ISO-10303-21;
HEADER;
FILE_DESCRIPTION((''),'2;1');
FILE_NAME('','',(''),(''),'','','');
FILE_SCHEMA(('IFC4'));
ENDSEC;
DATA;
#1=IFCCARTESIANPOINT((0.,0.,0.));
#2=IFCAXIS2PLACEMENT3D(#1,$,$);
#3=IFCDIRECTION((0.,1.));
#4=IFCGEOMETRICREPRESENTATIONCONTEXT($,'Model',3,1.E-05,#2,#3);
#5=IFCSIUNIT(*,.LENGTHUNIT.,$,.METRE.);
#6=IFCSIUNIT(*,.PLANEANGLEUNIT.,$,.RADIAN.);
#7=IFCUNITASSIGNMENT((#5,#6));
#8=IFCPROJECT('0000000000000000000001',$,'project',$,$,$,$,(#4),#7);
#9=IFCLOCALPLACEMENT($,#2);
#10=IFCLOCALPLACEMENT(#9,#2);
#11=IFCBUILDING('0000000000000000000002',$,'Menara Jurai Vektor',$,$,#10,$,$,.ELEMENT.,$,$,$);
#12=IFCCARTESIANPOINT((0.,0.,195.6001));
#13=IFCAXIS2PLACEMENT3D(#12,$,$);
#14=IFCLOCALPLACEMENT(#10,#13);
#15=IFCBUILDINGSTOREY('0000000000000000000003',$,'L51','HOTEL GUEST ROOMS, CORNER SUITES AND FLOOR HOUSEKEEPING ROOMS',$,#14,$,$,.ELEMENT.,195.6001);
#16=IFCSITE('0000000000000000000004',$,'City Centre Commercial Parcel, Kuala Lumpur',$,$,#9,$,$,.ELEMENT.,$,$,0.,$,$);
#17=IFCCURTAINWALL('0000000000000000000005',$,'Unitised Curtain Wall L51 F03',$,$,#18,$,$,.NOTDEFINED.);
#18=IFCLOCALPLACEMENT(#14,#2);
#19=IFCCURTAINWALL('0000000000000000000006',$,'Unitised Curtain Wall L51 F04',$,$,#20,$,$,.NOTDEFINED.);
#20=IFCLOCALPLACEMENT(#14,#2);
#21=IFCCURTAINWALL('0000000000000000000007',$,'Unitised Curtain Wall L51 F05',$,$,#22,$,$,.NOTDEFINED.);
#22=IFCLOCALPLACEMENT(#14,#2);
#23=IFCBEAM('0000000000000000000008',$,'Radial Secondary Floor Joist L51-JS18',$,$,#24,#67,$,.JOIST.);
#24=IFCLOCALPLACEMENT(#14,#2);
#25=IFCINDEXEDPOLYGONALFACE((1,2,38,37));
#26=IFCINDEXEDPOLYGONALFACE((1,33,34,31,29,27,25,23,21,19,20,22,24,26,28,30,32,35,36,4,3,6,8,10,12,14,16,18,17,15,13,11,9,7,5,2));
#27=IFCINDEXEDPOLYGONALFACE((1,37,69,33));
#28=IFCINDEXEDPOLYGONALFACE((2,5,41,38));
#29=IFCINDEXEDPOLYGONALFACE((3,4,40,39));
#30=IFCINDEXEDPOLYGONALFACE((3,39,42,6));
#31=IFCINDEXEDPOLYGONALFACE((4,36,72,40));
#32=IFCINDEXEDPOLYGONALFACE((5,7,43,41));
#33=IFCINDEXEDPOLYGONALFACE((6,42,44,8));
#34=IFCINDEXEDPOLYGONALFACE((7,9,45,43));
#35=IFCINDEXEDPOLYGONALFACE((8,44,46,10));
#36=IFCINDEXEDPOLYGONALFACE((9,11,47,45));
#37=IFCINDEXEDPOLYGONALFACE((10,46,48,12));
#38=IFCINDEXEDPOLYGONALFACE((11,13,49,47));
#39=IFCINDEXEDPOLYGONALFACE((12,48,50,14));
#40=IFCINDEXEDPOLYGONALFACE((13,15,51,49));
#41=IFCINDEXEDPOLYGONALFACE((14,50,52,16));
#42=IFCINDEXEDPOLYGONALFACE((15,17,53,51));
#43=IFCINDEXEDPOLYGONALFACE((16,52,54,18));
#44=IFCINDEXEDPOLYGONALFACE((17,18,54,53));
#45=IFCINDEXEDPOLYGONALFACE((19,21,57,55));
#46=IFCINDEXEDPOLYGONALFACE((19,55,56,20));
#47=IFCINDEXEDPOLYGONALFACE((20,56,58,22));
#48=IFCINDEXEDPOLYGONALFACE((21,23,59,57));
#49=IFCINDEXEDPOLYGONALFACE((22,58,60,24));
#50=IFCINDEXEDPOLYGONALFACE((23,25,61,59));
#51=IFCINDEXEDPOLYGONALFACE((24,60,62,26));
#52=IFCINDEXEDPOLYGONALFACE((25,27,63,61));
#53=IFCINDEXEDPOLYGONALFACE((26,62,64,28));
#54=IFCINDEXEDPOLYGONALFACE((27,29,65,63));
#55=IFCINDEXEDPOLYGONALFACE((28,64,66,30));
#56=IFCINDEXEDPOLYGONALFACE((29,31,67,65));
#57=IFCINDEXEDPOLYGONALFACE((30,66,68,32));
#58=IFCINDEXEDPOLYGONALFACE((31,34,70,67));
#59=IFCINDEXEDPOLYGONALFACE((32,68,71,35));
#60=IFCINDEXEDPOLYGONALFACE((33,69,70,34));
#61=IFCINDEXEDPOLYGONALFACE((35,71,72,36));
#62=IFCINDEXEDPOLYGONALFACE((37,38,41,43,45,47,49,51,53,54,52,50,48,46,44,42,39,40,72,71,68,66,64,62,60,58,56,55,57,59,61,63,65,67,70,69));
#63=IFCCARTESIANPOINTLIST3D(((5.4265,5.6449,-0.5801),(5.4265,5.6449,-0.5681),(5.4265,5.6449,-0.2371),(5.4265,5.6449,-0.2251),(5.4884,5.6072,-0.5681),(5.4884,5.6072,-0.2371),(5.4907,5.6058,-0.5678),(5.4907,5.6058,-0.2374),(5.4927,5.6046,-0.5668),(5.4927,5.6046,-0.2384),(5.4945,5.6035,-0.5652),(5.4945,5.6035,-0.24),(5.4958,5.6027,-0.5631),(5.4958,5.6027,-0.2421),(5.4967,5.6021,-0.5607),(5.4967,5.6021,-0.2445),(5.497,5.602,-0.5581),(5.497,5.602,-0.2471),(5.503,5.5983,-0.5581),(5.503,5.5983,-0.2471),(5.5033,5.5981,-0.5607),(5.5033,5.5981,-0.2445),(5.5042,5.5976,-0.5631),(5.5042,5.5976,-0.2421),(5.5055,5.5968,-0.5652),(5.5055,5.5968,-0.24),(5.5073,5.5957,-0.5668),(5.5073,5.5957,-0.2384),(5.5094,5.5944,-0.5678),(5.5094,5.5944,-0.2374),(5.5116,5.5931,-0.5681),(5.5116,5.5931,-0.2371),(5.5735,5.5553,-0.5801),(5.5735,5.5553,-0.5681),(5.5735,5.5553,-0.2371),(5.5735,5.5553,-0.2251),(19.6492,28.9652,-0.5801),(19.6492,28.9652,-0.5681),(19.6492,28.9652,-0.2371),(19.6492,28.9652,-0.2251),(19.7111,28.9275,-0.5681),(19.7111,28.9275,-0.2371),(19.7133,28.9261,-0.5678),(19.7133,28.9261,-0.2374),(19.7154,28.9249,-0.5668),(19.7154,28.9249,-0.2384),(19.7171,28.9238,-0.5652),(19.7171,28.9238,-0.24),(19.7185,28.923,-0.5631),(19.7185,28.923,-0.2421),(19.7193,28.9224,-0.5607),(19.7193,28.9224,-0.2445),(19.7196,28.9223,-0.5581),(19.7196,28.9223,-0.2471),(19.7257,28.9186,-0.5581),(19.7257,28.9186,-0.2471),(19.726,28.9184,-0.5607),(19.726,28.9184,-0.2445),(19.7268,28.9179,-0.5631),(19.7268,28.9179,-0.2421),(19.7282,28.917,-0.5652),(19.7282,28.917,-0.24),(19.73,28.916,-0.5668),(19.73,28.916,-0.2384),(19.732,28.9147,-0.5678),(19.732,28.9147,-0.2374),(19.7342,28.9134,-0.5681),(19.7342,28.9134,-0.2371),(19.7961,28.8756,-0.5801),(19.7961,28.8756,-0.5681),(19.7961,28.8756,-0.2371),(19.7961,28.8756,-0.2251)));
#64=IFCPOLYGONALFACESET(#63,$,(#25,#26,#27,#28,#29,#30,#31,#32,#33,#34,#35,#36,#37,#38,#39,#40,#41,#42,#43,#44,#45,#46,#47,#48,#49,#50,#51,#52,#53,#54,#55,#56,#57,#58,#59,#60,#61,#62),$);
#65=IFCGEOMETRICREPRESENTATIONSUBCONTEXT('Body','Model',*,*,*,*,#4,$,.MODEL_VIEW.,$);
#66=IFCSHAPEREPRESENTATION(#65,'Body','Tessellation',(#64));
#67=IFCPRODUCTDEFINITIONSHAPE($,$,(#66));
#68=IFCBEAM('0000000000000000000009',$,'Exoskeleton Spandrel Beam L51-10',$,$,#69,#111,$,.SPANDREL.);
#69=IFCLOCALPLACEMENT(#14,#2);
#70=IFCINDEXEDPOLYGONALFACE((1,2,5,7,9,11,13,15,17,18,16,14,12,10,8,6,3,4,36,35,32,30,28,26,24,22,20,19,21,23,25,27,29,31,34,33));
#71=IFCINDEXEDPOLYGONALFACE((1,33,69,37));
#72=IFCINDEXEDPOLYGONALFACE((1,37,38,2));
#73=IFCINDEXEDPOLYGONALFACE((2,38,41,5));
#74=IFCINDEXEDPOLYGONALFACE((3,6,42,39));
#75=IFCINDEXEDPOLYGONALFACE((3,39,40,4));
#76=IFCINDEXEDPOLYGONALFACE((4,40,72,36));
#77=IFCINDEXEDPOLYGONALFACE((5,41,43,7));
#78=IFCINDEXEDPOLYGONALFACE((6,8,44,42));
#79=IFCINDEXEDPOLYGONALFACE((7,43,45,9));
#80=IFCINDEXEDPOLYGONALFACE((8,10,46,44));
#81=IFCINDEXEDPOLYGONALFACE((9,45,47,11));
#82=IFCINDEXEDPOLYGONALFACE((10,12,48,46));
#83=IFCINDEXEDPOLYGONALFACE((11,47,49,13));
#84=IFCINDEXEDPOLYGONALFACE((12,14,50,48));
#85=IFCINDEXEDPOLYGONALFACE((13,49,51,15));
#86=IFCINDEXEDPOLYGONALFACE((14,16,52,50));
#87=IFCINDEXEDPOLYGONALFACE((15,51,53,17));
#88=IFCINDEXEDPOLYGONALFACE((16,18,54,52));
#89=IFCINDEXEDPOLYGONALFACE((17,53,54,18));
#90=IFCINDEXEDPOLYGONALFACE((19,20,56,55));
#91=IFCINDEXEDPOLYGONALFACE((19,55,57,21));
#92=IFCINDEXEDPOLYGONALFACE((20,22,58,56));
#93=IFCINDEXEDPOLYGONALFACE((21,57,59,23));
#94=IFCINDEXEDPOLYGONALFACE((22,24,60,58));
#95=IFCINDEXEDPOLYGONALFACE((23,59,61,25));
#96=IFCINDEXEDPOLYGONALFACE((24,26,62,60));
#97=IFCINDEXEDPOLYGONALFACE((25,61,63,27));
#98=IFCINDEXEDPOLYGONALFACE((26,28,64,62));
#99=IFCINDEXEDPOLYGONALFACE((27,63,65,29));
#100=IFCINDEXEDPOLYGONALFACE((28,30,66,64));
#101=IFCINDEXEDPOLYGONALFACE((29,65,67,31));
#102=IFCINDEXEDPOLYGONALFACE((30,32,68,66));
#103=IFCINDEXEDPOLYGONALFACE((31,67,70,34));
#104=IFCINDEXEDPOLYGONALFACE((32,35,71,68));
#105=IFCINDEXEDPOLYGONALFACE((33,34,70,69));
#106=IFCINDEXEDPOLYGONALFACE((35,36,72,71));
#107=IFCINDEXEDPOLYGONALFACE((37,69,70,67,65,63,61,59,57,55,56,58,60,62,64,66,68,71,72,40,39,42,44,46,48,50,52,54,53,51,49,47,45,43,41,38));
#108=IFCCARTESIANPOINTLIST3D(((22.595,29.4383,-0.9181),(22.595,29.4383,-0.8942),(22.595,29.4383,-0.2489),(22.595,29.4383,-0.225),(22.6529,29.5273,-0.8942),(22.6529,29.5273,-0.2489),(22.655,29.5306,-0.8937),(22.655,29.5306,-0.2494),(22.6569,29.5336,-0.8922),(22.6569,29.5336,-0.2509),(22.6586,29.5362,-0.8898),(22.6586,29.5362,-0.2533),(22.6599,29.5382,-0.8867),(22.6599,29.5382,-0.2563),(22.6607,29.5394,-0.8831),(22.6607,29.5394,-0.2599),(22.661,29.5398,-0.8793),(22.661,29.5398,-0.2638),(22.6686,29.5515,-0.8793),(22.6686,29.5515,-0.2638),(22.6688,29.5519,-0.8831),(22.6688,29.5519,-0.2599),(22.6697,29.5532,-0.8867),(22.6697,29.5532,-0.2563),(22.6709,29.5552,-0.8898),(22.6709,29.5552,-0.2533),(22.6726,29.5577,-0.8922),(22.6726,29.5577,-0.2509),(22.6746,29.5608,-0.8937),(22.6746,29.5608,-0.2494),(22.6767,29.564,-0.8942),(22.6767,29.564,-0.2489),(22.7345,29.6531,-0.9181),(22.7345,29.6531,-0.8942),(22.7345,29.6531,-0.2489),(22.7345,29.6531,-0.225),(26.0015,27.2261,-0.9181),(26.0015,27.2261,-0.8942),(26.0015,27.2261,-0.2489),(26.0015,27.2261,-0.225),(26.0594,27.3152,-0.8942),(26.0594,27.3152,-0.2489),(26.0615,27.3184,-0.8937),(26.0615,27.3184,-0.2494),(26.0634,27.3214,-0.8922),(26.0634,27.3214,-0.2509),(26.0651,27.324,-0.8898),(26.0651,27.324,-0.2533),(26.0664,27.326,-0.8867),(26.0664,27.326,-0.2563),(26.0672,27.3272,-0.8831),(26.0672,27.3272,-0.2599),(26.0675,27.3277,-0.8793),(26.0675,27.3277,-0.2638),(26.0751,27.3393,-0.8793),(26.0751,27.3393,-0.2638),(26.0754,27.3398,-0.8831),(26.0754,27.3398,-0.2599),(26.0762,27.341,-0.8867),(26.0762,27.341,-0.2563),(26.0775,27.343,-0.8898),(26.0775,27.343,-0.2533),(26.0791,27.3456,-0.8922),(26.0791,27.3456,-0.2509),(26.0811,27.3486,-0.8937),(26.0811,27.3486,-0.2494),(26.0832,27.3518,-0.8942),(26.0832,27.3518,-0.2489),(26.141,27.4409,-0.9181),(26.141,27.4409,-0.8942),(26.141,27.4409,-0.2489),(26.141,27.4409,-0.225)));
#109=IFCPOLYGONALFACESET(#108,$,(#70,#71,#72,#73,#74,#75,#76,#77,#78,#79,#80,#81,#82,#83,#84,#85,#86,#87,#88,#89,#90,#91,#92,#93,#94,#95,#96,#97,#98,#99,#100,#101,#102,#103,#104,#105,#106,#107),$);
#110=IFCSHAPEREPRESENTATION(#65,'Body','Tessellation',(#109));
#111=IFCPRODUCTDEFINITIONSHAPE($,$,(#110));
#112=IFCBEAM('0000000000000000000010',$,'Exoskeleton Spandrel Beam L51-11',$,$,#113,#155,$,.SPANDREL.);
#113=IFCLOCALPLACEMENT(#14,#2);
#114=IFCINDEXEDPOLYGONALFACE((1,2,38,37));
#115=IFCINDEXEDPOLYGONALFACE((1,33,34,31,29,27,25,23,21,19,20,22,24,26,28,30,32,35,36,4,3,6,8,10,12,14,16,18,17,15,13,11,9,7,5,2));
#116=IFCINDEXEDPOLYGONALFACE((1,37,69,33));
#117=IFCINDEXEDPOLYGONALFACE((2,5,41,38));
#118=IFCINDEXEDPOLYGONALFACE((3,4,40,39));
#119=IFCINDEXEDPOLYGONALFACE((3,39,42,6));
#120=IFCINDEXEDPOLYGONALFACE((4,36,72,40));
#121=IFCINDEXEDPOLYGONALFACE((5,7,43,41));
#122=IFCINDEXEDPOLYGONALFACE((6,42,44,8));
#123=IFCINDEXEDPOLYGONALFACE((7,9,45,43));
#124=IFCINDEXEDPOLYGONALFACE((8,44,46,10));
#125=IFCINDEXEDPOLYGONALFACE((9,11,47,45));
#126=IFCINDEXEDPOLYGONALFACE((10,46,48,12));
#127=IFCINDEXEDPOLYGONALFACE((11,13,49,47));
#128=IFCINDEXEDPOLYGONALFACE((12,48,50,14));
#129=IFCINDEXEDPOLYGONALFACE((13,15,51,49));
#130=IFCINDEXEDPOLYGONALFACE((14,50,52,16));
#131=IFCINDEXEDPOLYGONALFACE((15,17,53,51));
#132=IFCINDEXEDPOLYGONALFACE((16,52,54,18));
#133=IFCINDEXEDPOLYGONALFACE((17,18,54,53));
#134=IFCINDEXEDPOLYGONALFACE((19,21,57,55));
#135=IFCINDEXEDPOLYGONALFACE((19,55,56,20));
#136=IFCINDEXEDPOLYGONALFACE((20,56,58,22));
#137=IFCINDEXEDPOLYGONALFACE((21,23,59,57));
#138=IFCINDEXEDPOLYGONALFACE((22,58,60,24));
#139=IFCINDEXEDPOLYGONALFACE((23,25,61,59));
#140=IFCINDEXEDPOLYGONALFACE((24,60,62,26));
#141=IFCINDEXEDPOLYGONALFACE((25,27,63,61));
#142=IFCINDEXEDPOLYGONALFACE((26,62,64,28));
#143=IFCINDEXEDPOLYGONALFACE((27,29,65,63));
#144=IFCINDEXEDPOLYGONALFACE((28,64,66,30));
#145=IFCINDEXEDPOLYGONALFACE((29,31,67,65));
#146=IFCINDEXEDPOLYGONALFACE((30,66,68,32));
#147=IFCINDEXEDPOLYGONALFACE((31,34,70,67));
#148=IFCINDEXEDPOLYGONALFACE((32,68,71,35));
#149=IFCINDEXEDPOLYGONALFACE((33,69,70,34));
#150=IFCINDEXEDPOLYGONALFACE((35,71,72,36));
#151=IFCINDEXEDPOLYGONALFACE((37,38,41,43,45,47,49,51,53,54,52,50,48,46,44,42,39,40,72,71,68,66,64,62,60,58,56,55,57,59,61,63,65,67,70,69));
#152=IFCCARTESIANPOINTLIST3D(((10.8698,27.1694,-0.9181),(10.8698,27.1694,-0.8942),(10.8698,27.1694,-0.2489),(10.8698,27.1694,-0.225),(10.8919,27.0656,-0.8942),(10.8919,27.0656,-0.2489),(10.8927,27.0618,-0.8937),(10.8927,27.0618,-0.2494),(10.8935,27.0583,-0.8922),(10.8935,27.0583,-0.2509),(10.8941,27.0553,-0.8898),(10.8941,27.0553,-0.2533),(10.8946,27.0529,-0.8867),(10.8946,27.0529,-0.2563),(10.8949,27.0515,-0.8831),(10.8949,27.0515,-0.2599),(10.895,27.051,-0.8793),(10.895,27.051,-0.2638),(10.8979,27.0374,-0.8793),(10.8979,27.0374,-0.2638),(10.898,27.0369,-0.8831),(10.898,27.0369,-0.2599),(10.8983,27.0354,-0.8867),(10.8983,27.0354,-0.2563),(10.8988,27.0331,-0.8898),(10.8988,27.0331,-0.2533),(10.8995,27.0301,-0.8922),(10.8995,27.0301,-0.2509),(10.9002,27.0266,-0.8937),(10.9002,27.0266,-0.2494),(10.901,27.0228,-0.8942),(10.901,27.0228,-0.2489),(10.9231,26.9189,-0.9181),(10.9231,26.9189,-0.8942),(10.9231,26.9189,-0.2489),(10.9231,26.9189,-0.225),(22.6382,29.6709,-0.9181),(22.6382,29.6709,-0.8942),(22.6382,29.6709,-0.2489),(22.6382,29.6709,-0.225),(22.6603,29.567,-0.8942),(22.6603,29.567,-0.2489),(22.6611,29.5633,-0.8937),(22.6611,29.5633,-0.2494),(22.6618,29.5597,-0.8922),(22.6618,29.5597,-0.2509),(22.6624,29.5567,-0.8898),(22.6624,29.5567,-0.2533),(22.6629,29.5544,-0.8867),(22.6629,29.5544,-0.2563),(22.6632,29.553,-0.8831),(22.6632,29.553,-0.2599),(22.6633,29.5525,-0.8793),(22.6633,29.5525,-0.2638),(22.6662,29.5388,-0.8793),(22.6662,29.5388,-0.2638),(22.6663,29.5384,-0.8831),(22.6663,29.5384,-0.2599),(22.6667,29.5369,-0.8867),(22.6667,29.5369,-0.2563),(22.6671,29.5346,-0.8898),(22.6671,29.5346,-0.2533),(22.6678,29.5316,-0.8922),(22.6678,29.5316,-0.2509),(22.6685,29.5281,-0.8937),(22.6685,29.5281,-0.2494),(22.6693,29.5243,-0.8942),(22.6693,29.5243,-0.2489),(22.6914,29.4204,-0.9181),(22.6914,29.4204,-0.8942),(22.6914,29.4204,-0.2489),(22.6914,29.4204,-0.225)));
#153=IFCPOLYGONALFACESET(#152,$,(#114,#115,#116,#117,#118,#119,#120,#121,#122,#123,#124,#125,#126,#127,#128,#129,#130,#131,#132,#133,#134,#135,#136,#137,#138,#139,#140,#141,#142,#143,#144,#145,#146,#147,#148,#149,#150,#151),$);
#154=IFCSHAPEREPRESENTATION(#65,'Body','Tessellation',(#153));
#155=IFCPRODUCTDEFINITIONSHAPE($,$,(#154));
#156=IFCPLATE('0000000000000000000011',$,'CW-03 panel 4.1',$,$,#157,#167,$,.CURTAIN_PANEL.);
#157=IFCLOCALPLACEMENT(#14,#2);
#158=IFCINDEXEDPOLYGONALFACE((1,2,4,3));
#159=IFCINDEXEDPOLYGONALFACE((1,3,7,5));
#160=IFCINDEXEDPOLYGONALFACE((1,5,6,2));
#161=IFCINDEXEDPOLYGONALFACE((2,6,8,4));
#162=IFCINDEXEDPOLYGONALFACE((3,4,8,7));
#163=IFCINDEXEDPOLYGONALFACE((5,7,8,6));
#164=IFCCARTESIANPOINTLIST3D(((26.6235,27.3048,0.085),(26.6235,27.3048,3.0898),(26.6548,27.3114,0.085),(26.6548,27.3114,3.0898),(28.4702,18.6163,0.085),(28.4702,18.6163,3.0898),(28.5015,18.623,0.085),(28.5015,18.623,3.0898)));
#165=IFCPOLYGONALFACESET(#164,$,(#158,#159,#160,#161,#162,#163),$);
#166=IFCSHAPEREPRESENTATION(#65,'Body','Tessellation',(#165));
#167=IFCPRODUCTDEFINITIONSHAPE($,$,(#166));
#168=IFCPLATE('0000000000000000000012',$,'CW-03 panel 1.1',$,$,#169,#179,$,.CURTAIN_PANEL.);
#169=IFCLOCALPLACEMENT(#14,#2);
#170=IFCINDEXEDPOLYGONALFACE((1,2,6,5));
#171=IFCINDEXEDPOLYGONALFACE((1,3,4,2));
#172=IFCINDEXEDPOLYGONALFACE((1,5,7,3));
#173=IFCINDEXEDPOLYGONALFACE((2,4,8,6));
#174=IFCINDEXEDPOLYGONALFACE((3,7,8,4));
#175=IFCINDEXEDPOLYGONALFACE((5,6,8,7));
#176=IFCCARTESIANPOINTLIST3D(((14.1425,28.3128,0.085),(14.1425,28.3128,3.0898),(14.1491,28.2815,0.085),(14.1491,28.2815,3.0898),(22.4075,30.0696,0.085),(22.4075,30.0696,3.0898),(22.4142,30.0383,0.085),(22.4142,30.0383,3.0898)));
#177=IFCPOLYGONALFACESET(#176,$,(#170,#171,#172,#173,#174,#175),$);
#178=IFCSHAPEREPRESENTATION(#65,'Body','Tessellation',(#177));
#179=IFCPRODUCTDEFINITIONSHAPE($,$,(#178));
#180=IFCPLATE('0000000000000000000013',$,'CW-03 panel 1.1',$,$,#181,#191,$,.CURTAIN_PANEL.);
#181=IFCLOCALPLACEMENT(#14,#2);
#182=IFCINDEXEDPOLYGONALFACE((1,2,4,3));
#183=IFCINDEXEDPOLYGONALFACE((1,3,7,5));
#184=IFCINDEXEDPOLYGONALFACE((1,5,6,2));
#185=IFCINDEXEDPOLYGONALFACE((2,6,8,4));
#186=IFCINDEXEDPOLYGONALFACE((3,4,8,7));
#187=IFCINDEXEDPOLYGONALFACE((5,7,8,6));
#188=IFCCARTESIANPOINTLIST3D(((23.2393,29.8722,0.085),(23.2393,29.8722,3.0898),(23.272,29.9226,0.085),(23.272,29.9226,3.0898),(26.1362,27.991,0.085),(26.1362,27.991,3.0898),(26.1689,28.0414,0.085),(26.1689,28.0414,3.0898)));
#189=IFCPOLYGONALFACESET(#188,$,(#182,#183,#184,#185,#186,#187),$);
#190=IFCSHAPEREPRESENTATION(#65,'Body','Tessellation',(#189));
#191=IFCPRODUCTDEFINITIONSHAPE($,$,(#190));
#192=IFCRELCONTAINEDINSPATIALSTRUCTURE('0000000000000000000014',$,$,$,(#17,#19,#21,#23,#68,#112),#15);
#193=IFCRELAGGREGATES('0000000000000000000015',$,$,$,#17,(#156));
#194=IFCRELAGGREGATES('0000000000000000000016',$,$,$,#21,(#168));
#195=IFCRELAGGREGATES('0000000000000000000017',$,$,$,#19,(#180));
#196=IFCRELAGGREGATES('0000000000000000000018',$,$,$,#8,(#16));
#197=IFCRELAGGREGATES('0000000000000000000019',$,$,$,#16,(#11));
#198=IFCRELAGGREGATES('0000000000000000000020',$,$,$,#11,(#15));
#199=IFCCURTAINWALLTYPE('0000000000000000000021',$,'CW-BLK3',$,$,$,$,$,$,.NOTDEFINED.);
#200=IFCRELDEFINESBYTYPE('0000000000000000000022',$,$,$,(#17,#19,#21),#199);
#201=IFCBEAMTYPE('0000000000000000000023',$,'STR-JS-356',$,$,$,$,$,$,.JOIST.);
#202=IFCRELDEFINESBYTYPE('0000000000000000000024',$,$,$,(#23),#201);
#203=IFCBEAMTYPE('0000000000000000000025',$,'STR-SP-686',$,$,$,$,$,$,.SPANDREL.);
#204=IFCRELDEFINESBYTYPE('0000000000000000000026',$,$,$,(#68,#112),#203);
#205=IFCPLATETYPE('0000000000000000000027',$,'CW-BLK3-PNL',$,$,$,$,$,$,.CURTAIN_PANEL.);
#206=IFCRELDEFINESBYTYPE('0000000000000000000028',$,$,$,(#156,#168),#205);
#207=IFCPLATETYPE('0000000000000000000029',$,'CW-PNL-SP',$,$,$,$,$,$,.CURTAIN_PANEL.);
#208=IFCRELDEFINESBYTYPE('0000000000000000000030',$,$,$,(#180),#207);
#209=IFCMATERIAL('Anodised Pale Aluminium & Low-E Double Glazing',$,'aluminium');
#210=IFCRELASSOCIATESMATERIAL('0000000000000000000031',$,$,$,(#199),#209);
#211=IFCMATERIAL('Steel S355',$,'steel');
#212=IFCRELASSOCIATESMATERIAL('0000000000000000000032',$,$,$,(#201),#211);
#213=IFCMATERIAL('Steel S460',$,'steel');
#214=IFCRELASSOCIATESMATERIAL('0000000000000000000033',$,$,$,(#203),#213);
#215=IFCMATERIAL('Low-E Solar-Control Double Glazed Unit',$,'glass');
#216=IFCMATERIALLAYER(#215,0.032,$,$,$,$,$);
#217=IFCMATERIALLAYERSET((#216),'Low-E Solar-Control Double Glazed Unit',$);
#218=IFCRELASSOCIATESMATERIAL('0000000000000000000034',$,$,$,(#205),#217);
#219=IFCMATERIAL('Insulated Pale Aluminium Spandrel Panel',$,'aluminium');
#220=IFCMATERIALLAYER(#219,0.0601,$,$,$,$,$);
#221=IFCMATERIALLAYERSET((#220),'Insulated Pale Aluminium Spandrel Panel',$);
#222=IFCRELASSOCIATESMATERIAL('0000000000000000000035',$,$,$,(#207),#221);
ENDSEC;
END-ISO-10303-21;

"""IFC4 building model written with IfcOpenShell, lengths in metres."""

from ifc_helpers import new_model, si_unit, direction, frame, origin, origin_2d, place, context, subcontext, project, spatial, rectangle, i_section, extrude, material, layer, layer_set, material_profile, profile_set, type_object, element, aggregate, save


model = new_model("IFC4")

# Units and contexts
model_context = context("Model", 3, precision=1e-05, world=origin(), true_north=direction((0.0, 1.0)))
body_context = subcontext(model_context, "Body", "Model", "MODEL_VIEW")
ifc_project = project(units=[si_unit("LENGTHUNIT", "METRE"), si_unit("PLANEANGLEUNIT", "RADIAN")], contexts=[model_context])

# Site, building, storey
site_placement = place(None, origin())
site = spatial("IfcSite", under=ifc_project, at=site_placement, Name="City Centre Commercial Parcel, Kuala Lumpur", CompositionType="ELEMENT", RefElevation=0.0)
building_placement = place(site_placement, origin())
building = spatial("IfcBuilding", under=site, at=building_placement, Name="Menara Jurai Vektor", CompositionType="ELEMENT")
storey_placement = place(building_placement, frame((0.0, 0.0, 195.6001)))
storey = spatial("IfcBuildingStorey", under=building, at=storey_placement, Name="L51", Description="HOTEL GUEST ROOMS, CORNER SUITES AND FLOOR HOUSEKEEPING ROOMS", CompositionType="ELEMENT", Elevation=195.6001)

# Shared definitions
ifc_material_1 = material(Name="Steel S460", Category="steel")

# Curtain walls
ifc_material_2 = material(Name="Anodised Pale Aluminium & Low-E Double Glazing", Category="aluminium")
curtain_wall_type = type_object("IfcCurtainWallType", Name="CW-BLK3", PredefinedType="NOTDEFINED", material=ifc_material_2)
curtain_wall_1_placement = place(storey_placement, origin())
curtain_wall_1 = element("IfcCurtainWall", 1, at=curtain_wall_1_placement, inside=storey, type_object=curtain_wall_type, Name="Unitised Curtain Wall L51 F03", PredefinedType="NOTDEFINED")
curtain_wall_2_placement = place(storey_placement, origin())
curtain_wall_2 = element("IfcCurtainWall", 2, at=curtain_wall_2_placement, inside=storey, type_object=curtain_wall_type, Name="Unitised Curtain Wall L51 F04", PredefinedType="NOTDEFINED")

# Curtain wall
curtain_wall_3_placement = place(storey_placement, origin())
curtain_wall_3 = element("IfcCurtainWall", 3, at=curtain_wall_3_placement, inside=storey, type_object=curtain_wall_type, Name="Unitised Curtain Wall L51 F05", PredefinedType="NOTDEFINED")

# Shared definitions
ifc_material_3 = material(Name="Steel S355", Category="steel")

# Beams
ifc_material_profile_1 = material_profile(ifc_material_3, i_section(OverallWidth=0.1721, OverallDepth=0.355, WebThickness=0.0071, FlangeThickness=0.012, FilletRadius=0.01, at=origin_2d()), Name="UKB 356x171x51")
ifc_profile_set_1 = profile_set([ifc_material_profile_1], Name="Steel S355")
beam_type_1 = type_object("IfcBeamType", Name="STR-JS-356", PredefinedType="JOIST", material=ifc_profile_set_1)
beam_1_placement = place(storey_placement, frame((19.7227, 28.9204, -0.4026), z_axis=(-0.520686, -0.853748, 0.0), x_axis=(0.853748, -0.520686, 0.0)))
element("IfcBeam", 4, at=beam_1_placement, inside=storey, type_object=beam_type_1, Name="Radial Secondary Floor Joist L51-JS18", PredefinedType="JOIST", context=body_context, shape_type="SweptSolid", body=[
    extrude(i_section(OverallWidth=0.1721, OverallDepth=0.355, WebThickness=0.0071, FlangeThickness=0.012, FilletRadius=0.01, at=origin_2d()), origin(), (0.0, 0.0, 1.0), 27.3152),
])
ifc_material_profile_2 = material_profile(ifc_material_1, i_section(OverallWidth=0.2561, OverallDepth=0.6931, WebThickness=0.0139, FlangeThickness=0.0239, FilletRadius=0.0149, at=origin_2d()), Name="UKB 686x254x170")
ifc_profile_set_2 = profile_set([ifc_material_profile_2], Name="Steel S460")
beam_type_2 = type_object("IfcBeamType", Name="STR-SP-686", PredefinedType="SPANDREL", material=ifc_profile_set_2)
beam_2_placement = place(storey_placement, frame((26.0713, 27.3335, -0.5715), z_axis=(-0.838676, 0.544631, 0.0), x_axis=(-0.544631, -0.838676, 0.0)))
element("IfcBeam", 5, at=beam_2_placement, inside=storey, type_object=beam_type_2, Name="Exoskeleton Spandrel Beam L51-10", PredefinedType="SPANDREL", context=body_context, shape_type="SweptSolid", body=[
    extrude(i_section(OverallWidth=0.2561, OverallDepth=0.6931, WebThickness=0.0139, FlangeThickness=0.0239, FilletRadius=0.0149, at=origin_2d()), origin(), (0.0, 0.0, 1.0), 4.0618),
])
beam_3_placement = place(storey_placement, frame((22.6648, 29.5457, -0.5715), z_axis=(-0.978147, -0.207914, 0.0), x_axis=(0.207914, -0.978147, 0.0)))
element("IfcBeam", 6, at=beam_3_placement, inside=storey, type_object=beam_type_2, Name="Exoskeleton Spandrel Beam L51-11", PredefinedType="SPANDREL", context=body_context, shape_type="SweptSolid", body=[
    extrude(i_section(OverallWidth=0.2561, OverallDepth=0.6931, WebThickness=0.0139, FlangeThickness=0.0239, FilletRadius=0.0149, at=origin_2d()), origin(), (0.0, 0.0, 1.0), 12.0312),
])

# Plates
ifc_material_4 = material(Name="Low-E Solar-Control Double Glazed Unit", Category="glass")
ifc_layer_1 = layer(ifc_material_4, 0.032)
ifc_layer_set_1 = layer_set([ifc_layer_1], Name="Low-E Solar-Control Double Glazed Unit")
plate_type_1 = type_object("IfcPlateType", Name="CW-BLK3-PNL", PredefinedType="CURTAIN_PANEL", material=ifc_layer_set_1)
plate_1_placement = place(storey_placement, frame((27.5625, 22.9639, 0.085), z_axis=(0.0, 0.0, 1.0), x_axis=(-0.20791, 0.978148, 0.0)))
plate_1 = element("IfcPlate", 7, at=plate_1_placement, type_object=plate_type_1, Name="CW-03 panel 4.1", PredefinedType="CURTAIN_PANEL", context=body_context, shape_type="SweptSolid", body=[
    extrude(rectangle(XDim=8.8826, YDim=0.032, at=origin_2d()), origin(), (0.0, 0.0, 1.0), 3.0049),
])
aggregate(curtain_wall_1, [plate_1])
plate_2_placement = place(storey_placement, frame((18.2783, 29.1755, 0.085), z_axis=(0.0, 0.0, 1.0), x_axis=(-0.978148, -0.207911, 0.0)))
plate_2 = element("IfcPlate", 8, at=plate_2_placement, type_object=plate_type_1, Name="CW-03 panel 1.1", PredefinedType="CURTAIN_PANEL", context=body_context, shape_type="SweptSolid", body=[
    extrude(rectangle(XDim=8.4497, YDim=0.032, at=origin_2d()), origin(), (0.0, 0.0, 1.0), 3.0049),
])
aggregate(curtain_wall_3, [plate_2])
ifc_material_5 = material(Name="Insulated Pale Aluminium Spandrel Panel", Category="aluminium")
ifc_layer_2 = layer(ifc_material_5, 0.0601)
ifc_layer_set_2 = layer_set([ifc_layer_2], Name="Insulated Pale Aluminium Spandrel Panel")
plate_type_2 = type_object("IfcPlateType", Name="CW-PNL-SP", PredefinedType="CURTAIN_PANEL", material=ifc_layer_set_2)
plate_3_placement = place(storey_placement, frame((24.7041, 28.9568, 0.085), z_axis=(0.0, 0.0, 1.0), x_axis=(-0.838684, 0.544618, 0.0)))
plate_3 = element("IfcPlate", 9, at=plate_3_placement, type_object=plate_type_2, Name="CW-03 panel 1.1", PredefinedType="CURTAIN_PANEL", context=body_context, shape_type="SweptSolid", body=[
    extrude(rectangle(XDim=3.4541, YDim=0.0601, at=origin_2d()), origin(), (0.0, 0.0, 1.0), 3.0049),
])
aggregate(curtain_wall_2, [plate_3])

save(model, "model.ifc")
